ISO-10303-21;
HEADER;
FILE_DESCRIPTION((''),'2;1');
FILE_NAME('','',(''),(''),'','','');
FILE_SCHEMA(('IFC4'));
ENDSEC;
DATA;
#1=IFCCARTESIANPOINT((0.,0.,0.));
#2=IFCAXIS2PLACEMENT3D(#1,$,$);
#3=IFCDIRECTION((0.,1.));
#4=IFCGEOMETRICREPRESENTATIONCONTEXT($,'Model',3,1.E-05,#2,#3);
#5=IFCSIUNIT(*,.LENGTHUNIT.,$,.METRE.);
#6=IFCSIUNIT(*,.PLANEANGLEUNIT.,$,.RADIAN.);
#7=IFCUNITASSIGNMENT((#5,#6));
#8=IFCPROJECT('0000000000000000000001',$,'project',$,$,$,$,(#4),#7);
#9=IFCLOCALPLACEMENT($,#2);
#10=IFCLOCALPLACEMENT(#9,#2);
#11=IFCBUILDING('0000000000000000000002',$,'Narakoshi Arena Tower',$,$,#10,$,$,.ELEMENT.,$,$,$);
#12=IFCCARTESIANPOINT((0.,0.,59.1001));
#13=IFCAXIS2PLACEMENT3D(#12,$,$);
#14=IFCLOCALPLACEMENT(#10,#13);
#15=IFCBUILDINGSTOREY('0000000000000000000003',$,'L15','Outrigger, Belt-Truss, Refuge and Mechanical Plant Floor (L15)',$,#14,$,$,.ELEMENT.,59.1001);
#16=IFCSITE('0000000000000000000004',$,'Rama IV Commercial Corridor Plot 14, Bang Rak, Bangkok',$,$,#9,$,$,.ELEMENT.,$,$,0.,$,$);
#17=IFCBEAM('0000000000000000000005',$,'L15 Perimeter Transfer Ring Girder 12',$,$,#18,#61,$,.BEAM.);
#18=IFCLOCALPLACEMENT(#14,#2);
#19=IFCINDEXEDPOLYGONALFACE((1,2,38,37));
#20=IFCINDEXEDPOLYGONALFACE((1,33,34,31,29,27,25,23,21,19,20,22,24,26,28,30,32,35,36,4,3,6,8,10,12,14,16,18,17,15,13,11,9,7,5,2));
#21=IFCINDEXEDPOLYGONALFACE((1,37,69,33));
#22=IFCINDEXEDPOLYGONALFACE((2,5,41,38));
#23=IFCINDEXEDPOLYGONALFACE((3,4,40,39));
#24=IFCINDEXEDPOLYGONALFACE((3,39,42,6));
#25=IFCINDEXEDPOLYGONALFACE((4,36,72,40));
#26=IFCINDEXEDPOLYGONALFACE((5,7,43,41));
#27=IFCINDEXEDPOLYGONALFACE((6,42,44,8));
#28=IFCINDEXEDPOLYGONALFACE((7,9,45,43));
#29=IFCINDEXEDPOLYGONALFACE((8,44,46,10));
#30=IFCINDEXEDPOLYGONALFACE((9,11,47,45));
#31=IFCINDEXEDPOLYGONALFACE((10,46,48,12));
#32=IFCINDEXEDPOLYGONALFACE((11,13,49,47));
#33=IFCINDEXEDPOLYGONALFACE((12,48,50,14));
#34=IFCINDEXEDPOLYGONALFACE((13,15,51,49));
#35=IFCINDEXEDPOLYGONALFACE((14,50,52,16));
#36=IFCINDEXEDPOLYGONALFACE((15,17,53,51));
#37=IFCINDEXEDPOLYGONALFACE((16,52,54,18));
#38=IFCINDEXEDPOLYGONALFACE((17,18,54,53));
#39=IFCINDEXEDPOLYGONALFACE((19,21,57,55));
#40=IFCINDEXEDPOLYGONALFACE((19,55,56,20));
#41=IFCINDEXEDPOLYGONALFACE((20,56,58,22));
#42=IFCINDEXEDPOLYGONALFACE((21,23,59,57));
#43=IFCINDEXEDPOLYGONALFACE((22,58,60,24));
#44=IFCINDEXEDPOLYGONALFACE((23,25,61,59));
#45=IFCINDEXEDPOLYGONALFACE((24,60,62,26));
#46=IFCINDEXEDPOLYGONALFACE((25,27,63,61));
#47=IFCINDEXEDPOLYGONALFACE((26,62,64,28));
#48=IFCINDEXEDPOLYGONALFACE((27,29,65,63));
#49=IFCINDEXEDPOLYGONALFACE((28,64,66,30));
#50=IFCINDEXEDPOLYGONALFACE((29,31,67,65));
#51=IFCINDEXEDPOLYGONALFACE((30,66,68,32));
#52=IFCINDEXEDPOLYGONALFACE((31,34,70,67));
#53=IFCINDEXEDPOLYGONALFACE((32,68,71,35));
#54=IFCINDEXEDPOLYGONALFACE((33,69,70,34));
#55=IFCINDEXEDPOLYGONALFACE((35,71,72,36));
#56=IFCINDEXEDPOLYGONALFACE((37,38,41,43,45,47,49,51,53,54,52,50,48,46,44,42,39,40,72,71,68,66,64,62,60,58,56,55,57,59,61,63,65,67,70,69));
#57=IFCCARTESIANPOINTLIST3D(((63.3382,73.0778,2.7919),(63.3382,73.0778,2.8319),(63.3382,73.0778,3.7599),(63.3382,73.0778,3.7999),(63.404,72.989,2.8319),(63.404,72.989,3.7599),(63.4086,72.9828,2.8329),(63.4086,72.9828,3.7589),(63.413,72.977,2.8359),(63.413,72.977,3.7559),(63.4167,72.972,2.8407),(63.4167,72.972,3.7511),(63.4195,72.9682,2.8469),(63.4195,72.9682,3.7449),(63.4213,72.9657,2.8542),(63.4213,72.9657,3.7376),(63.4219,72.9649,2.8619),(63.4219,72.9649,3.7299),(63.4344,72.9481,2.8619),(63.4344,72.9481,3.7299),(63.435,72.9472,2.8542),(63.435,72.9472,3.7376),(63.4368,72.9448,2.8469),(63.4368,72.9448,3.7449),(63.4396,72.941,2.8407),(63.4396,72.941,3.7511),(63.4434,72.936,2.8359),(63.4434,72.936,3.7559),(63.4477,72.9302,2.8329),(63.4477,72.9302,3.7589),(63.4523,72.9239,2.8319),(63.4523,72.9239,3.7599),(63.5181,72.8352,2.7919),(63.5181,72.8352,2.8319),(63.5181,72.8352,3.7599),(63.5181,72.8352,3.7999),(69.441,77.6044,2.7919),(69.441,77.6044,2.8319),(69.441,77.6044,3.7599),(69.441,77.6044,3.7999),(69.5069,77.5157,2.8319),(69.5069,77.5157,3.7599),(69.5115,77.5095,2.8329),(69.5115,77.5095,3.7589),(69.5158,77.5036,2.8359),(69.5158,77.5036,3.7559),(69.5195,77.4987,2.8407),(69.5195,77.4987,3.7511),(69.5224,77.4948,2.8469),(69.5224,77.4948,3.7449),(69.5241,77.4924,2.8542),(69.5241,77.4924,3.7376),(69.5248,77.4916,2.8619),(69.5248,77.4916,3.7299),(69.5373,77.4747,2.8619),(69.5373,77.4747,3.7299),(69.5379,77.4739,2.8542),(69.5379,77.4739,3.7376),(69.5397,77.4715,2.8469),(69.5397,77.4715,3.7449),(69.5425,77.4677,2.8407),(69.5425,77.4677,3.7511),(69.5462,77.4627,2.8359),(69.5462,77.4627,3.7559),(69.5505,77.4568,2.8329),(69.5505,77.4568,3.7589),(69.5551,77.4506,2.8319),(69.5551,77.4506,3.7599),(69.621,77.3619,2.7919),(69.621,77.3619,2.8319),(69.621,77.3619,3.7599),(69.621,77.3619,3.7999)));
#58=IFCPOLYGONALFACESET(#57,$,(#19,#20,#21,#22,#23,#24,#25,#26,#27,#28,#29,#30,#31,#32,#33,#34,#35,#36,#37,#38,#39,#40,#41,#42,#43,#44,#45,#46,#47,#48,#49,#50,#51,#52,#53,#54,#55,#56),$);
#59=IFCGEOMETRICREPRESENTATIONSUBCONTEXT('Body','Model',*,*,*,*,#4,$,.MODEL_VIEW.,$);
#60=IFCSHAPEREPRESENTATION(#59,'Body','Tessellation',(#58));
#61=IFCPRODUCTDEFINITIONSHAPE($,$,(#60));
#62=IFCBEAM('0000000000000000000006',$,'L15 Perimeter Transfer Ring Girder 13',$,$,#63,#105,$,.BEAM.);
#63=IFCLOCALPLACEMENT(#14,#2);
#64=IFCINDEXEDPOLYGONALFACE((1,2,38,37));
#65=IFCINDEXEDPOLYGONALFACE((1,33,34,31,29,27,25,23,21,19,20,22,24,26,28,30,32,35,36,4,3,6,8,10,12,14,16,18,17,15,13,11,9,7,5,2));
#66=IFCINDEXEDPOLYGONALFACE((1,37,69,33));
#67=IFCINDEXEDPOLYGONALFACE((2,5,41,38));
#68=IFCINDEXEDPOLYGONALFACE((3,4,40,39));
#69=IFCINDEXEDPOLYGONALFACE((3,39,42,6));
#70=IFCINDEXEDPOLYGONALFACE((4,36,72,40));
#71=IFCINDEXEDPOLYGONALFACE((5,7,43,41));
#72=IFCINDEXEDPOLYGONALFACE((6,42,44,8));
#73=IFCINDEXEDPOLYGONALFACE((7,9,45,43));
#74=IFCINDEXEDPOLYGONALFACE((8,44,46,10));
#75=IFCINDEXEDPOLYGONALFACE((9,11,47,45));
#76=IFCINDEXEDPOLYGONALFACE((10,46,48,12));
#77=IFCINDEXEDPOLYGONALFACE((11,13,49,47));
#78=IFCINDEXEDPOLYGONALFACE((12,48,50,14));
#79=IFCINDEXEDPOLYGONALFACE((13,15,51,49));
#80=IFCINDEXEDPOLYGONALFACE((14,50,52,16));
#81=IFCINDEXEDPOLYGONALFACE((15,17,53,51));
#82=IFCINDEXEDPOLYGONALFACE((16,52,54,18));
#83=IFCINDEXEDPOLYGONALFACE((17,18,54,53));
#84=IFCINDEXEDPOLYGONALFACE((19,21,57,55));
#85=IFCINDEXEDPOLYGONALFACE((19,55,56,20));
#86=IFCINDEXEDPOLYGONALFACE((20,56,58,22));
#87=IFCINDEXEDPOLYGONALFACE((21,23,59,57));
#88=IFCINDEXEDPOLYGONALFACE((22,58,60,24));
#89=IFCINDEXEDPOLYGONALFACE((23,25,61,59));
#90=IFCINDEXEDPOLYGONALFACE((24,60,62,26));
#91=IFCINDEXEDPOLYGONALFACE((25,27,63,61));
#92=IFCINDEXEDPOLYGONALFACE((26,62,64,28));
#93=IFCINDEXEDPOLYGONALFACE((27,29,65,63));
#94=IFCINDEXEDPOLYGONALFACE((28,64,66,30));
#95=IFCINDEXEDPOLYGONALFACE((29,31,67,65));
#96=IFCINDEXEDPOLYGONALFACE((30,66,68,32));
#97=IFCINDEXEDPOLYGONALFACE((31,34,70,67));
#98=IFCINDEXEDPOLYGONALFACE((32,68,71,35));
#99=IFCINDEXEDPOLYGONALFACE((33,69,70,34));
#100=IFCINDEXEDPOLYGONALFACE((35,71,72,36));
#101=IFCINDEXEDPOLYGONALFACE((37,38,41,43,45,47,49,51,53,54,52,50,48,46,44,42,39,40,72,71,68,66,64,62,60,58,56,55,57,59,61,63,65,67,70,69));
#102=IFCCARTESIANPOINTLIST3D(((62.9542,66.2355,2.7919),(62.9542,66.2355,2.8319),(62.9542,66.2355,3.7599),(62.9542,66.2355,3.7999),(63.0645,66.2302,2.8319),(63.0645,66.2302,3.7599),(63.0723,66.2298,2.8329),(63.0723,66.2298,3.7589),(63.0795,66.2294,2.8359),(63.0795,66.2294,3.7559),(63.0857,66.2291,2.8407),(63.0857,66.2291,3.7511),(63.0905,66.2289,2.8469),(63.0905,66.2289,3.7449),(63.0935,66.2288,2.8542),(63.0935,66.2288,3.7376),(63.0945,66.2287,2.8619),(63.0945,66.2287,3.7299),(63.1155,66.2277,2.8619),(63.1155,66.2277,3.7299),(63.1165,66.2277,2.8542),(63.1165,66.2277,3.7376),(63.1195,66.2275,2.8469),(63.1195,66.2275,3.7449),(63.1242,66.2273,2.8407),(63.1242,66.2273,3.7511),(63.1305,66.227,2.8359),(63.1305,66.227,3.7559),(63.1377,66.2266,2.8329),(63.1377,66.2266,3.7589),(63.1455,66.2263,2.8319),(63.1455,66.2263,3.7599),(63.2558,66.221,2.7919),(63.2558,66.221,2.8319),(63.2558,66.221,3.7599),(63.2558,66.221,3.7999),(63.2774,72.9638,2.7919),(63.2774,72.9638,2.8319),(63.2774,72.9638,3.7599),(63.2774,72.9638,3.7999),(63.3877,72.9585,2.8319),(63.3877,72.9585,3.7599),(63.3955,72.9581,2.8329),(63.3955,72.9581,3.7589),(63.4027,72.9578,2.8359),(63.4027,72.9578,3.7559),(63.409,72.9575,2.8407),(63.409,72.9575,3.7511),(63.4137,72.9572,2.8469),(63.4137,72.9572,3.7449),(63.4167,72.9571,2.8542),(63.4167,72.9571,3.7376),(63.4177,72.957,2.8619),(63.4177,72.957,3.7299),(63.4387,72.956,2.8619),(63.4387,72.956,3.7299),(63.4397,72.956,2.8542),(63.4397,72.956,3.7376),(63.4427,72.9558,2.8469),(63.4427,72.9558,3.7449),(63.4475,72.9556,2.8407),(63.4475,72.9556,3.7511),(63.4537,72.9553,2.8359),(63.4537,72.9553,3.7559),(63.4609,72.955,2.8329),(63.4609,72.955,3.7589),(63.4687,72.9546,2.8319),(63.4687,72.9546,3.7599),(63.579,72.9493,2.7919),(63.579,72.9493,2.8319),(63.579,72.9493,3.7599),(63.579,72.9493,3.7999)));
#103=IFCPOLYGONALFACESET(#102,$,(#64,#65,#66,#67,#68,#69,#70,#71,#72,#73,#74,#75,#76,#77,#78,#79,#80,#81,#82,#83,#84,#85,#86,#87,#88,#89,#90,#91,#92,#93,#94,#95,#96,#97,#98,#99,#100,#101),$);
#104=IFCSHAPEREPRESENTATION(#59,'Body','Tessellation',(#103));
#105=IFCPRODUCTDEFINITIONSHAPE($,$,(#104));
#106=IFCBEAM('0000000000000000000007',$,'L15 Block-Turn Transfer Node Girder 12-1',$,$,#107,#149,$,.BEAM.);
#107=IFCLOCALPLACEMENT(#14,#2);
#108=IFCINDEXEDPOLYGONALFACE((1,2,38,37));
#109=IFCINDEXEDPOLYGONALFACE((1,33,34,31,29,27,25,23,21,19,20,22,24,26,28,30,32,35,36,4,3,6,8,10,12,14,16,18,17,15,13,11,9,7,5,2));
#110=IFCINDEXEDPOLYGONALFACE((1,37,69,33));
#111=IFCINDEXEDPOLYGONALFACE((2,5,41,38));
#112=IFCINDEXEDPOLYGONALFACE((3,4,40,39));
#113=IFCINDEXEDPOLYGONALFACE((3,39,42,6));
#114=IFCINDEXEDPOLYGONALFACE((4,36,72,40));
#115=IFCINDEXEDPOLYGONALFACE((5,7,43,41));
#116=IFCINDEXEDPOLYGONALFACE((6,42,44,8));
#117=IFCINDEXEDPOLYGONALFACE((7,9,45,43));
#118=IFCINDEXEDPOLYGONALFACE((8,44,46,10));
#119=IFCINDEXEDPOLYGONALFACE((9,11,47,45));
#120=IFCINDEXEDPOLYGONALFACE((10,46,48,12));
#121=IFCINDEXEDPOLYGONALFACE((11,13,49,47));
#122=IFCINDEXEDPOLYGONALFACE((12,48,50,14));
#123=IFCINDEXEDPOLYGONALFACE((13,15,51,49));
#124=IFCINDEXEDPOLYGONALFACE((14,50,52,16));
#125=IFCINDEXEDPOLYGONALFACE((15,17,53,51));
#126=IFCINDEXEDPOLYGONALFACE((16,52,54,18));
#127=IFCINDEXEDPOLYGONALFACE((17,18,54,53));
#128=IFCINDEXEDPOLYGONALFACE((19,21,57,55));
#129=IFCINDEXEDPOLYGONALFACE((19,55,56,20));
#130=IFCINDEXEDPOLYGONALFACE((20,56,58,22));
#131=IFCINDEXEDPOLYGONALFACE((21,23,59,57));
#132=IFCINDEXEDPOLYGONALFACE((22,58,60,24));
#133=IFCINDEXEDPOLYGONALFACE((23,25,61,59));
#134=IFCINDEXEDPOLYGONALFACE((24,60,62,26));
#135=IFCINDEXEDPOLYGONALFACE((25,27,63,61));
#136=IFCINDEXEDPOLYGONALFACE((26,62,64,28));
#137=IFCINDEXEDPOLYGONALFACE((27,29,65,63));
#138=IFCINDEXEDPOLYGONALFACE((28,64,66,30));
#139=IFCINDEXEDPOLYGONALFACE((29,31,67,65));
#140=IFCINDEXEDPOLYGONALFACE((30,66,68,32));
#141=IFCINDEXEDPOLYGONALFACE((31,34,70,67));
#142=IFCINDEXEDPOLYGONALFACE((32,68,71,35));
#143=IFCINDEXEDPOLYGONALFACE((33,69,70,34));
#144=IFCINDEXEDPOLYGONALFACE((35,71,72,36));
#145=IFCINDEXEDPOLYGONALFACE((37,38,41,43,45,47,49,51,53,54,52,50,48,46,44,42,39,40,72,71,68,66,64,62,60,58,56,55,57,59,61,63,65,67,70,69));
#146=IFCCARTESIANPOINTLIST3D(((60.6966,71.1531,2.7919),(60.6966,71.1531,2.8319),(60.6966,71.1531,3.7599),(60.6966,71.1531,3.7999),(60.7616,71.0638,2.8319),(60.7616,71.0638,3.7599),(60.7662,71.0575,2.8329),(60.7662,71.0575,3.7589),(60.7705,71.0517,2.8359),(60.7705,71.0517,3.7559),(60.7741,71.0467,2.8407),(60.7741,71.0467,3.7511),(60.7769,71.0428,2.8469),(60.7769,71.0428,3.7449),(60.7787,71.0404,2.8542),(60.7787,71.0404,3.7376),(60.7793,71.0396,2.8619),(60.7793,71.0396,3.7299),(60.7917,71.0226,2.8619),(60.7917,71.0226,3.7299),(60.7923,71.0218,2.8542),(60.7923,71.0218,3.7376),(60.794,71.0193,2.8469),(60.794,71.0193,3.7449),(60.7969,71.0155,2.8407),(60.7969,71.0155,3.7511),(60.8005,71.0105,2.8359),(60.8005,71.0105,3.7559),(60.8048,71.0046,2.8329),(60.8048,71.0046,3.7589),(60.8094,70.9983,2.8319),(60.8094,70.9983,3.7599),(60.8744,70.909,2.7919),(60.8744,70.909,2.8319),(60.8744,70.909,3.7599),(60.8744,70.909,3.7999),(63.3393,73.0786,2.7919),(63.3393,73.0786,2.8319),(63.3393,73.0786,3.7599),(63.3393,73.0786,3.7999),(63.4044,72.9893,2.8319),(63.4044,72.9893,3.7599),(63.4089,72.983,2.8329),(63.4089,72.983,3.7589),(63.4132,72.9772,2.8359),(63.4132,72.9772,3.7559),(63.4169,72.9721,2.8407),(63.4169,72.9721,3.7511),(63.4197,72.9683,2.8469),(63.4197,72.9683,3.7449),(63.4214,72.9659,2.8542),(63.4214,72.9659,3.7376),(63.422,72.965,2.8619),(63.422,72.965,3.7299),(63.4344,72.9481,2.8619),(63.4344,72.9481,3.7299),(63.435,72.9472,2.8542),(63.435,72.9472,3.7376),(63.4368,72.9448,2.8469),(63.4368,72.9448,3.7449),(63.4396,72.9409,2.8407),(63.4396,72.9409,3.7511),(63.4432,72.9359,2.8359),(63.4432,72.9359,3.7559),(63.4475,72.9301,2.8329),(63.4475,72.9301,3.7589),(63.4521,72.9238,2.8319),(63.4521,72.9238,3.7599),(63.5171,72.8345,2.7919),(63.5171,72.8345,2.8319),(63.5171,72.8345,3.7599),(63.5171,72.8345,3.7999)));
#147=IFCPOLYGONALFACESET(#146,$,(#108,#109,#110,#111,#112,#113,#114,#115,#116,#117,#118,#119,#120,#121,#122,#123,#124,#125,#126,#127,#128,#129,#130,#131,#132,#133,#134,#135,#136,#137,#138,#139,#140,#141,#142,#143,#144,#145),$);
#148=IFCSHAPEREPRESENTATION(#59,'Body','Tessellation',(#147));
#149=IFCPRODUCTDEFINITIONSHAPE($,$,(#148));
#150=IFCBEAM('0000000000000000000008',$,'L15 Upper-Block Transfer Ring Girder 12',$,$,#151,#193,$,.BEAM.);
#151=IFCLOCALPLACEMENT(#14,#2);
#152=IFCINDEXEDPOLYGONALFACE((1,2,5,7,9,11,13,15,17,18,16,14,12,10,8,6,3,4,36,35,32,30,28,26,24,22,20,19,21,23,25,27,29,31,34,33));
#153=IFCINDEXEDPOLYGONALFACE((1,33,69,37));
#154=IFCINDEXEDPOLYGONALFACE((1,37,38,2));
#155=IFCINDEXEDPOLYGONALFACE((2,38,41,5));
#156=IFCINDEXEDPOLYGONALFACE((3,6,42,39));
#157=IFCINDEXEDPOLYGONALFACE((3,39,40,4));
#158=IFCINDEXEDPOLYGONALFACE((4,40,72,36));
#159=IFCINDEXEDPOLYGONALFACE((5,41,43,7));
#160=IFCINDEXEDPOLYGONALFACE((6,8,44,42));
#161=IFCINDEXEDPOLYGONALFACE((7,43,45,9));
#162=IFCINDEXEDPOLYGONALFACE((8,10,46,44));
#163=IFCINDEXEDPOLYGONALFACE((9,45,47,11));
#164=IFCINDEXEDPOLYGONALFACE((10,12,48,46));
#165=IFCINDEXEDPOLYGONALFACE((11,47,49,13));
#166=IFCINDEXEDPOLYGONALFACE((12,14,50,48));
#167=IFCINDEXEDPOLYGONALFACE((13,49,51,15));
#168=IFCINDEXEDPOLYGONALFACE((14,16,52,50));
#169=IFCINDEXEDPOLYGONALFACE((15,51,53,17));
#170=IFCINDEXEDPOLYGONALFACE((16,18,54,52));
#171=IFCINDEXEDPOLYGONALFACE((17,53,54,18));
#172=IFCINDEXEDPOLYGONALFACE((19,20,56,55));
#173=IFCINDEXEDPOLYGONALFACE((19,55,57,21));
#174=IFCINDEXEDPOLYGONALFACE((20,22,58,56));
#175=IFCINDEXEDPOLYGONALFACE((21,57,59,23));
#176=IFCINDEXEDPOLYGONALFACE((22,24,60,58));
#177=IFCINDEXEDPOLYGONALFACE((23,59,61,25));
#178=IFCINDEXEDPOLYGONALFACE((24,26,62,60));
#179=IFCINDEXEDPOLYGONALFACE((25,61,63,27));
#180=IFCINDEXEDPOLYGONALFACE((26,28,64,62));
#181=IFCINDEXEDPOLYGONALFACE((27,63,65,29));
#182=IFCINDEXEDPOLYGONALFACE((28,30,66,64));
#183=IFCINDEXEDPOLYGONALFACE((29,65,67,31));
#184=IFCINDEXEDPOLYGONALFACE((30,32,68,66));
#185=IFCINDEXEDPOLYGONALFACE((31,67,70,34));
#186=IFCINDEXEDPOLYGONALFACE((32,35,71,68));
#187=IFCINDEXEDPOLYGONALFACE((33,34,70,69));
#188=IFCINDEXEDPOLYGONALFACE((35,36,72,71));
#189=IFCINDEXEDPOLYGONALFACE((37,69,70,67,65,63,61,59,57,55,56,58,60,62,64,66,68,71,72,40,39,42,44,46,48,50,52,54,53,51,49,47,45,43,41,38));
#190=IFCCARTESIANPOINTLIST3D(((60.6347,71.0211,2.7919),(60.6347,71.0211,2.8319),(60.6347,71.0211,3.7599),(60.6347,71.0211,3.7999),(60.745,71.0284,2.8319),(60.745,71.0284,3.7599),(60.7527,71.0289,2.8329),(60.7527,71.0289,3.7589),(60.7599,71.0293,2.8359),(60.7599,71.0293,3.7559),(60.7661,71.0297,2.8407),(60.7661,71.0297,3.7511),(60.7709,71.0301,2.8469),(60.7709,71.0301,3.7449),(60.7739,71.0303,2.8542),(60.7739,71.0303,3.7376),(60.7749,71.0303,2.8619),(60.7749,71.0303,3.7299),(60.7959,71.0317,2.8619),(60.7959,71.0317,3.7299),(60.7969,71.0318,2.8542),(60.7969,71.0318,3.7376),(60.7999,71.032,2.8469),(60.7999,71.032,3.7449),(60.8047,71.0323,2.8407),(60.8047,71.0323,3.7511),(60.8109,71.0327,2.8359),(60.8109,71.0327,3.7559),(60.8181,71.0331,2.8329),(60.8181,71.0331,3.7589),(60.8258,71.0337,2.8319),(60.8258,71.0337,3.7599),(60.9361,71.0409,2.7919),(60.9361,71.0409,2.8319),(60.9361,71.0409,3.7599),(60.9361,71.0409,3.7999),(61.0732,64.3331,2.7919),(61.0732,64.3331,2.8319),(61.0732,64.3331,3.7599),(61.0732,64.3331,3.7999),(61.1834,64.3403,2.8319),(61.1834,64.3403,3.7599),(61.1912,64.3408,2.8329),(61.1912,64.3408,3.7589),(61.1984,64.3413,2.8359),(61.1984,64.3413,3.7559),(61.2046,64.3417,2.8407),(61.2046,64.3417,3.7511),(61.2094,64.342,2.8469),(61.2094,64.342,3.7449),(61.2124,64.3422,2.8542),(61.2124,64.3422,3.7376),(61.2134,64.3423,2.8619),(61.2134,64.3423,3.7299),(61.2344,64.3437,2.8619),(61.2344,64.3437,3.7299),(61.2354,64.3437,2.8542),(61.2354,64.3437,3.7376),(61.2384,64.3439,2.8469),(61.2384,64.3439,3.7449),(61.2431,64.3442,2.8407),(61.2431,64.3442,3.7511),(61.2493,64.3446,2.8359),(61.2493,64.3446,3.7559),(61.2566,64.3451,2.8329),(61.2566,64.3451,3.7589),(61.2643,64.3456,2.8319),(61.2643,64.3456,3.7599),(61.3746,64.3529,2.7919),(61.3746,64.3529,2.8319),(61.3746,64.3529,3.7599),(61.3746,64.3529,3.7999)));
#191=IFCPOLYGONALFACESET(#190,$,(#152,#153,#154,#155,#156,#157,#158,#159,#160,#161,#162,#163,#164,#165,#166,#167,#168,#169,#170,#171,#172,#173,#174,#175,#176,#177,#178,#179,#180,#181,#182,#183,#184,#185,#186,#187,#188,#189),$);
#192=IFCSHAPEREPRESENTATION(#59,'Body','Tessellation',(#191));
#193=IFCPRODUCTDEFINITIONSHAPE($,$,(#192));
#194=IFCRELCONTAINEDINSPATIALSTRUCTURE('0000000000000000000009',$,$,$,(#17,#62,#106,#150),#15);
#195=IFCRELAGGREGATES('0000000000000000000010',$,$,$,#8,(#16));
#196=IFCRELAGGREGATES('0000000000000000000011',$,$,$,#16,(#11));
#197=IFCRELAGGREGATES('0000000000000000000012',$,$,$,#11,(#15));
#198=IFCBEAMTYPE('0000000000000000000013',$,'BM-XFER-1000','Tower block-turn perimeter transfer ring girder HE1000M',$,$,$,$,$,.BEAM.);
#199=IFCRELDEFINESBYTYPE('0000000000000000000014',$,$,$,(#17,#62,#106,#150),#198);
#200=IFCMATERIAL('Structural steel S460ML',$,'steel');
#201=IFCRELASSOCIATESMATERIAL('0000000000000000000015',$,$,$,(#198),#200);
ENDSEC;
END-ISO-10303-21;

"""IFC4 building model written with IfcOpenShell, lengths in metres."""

from ifc_helpers import new_model, si_unit, direction, frame, origin, origin_2d, place, context, subcontext, project, spatial, i_section, extrude, material, material_profile, profile_set, type_object, element, save


model = new_model("IFC4")

# Units and contexts
model_context = context("Model", 3, precision=1e-05, world=origin(), true_north=direction((0.0, 1.0)))
body_context = subcontext(model_context, "Body", "Model", "MODEL_VIEW")
ifc_project = project(units=[si_unit("LENGTHUNIT", "METRE"), si_unit("PLANEANGLEUNIT", "RADIAN")], contexts=[model_context])

# Site, building, storey
site_placement = place(None, origin())
site = spatial("IfcSite", under=ifc_project, at=site_placement, Name="Rama IV Commercial Corridor Plot 14, Bang Rak, Bangkok", CompositionType="ELEMENT", RefElevation=0.0)
building_placement = place(site_placement, origin())
building = spatial("IfcBuilding", under=site, at=building_placement, Name="Narakoshi Arena Tower", CompositionType="ELEMENT")
storey_placement = place(building_placement, frame((0.0, 0.0, 59.1001)))
storey = spatial("IfcBuildingStorey", under=building, at=storey_placement, Name="L15", Description="Outrigger, Belt-Truss, Refuge and Mechanical Plant Floor (L15)", CompositionType="ELEMENT", Elevation=59.1001)

# Shared definitions
ifc_material_1 = material(Name="Structural steel S460ML", Category="steel")

# Beams
ifc_material_profile_1 = material_profile(ifc_material_1, i_section(OverallWidth=0.302, OverallDepth=1.0081, WebThickness=0.021, FlangeThickness=0.04, FilletRadius=0.03, at=origin_2d()), Name="HE1000M")
ifc_profile_set_1 = profile_set([ifc_material_profile_1], Name="Structural steel S460ML")
beam_type = type_object("IfcBeamType", Name="BM-XFER-1000", Description="Tower block-turn perimeter transfer ring girder HE1000M", PredefinedType="BEAM", material=ifc_profile_set_1)
beam_1_placement = place(storey_placement, frame((69.531, 77.4832, 3.2959), z_axis=(-0.803177, -0.59574, 0.0), x_axis=(0.59574, -0.803177, 0.0)))
element("IfcBeam", 1, at=beam_1_placement, inside=storey, type_object=beam_type, Name="L15 Perimeter Transfer Ring Girder 12", PredefinedType="BEAM", context=body_context, shape_type="SweptSolid", body=[
    extrude(i_section(OverallWidth=0.302, OverallDepth=1.0081, WebThickness=0.021, FlangeThickness=0.04, FilletRadius=0.03, at=origin_2d()), origin(), (0.0, 0.0, 1.0), 7.5984),
])
beam_2_placement = place(storey_placement, frame((63.4282, 72.9565, 3.2959), z_axis=(-0.047987, -0.998848, 0.0), x_axis=(0.998848, -0.047987, 0.0)))
element("IfcBeam", 2, at=beam_2_placement, inside=storey, type_object=beam_type, Name="L15 Perimeter Transfer Ring Girder 13", PredefinedType="BEAM", context=body_context, shape_type="SweptSolid", body=[
    extrude(i_section(OverallWidth=0.302, OverallDepth=1.0081, WebThickness=0.021, FlangeThickness=0.04, FilletRadius=0.03, at=origin_2d()), origin(), (0.0, 0.0, 1.0), 6.7361),
])
beam_3_placement = place(storey_placement, frame((63.4282, 72.9565, 3.2959), z_axis=(-0.808229, -0.588868, 0.0), x_axis=(0.588868, -0.808229, 0.0)))
element("IfcBeam", 3, at=beam_3_placement, inside=storey, type_object=beam_type, Name="L15 Block-Turn Transfer Node Girder 12-1", PredefinedType="BEAM", context=body_context, shape_type="SweptSolid", body=[
    extrude(i_section(OverallWidth=0.302, OverallDepth=1.0081, WebThickness=0.021, FlangeThickness=0.04, FilletRadius=0.03, at=origin_2d()), origin(), (0.0, 0.0, 1.0), 3.2698),
])
beam_4_placement = place(storey_placement, frame((60.7854, 71.031, 3.2959), z_axis=(0.065421, -0.997858, 0.0), x_axis=(0.997858, 0.065421, 0.0)))
element("IfcBeam", 4, at=beam_4_placement, inside=storey, type_object=beam_type, Name="L15 Upper-Block Transfer Ring Girder 12", PredefinedType="BEAM", context=body_context, shape_type="SweptSolid", body=[
    extrude(i_section(OverallWidth=0.302, OverallDepth=1.0081, WebThickness=0.021, FlangeThickness=0.04, FilletRadius=0.03, at=origin_2d()), origin(), (0.0, 0.0, 1.0), 6.7024),
])

save(model, "model.ifc")
